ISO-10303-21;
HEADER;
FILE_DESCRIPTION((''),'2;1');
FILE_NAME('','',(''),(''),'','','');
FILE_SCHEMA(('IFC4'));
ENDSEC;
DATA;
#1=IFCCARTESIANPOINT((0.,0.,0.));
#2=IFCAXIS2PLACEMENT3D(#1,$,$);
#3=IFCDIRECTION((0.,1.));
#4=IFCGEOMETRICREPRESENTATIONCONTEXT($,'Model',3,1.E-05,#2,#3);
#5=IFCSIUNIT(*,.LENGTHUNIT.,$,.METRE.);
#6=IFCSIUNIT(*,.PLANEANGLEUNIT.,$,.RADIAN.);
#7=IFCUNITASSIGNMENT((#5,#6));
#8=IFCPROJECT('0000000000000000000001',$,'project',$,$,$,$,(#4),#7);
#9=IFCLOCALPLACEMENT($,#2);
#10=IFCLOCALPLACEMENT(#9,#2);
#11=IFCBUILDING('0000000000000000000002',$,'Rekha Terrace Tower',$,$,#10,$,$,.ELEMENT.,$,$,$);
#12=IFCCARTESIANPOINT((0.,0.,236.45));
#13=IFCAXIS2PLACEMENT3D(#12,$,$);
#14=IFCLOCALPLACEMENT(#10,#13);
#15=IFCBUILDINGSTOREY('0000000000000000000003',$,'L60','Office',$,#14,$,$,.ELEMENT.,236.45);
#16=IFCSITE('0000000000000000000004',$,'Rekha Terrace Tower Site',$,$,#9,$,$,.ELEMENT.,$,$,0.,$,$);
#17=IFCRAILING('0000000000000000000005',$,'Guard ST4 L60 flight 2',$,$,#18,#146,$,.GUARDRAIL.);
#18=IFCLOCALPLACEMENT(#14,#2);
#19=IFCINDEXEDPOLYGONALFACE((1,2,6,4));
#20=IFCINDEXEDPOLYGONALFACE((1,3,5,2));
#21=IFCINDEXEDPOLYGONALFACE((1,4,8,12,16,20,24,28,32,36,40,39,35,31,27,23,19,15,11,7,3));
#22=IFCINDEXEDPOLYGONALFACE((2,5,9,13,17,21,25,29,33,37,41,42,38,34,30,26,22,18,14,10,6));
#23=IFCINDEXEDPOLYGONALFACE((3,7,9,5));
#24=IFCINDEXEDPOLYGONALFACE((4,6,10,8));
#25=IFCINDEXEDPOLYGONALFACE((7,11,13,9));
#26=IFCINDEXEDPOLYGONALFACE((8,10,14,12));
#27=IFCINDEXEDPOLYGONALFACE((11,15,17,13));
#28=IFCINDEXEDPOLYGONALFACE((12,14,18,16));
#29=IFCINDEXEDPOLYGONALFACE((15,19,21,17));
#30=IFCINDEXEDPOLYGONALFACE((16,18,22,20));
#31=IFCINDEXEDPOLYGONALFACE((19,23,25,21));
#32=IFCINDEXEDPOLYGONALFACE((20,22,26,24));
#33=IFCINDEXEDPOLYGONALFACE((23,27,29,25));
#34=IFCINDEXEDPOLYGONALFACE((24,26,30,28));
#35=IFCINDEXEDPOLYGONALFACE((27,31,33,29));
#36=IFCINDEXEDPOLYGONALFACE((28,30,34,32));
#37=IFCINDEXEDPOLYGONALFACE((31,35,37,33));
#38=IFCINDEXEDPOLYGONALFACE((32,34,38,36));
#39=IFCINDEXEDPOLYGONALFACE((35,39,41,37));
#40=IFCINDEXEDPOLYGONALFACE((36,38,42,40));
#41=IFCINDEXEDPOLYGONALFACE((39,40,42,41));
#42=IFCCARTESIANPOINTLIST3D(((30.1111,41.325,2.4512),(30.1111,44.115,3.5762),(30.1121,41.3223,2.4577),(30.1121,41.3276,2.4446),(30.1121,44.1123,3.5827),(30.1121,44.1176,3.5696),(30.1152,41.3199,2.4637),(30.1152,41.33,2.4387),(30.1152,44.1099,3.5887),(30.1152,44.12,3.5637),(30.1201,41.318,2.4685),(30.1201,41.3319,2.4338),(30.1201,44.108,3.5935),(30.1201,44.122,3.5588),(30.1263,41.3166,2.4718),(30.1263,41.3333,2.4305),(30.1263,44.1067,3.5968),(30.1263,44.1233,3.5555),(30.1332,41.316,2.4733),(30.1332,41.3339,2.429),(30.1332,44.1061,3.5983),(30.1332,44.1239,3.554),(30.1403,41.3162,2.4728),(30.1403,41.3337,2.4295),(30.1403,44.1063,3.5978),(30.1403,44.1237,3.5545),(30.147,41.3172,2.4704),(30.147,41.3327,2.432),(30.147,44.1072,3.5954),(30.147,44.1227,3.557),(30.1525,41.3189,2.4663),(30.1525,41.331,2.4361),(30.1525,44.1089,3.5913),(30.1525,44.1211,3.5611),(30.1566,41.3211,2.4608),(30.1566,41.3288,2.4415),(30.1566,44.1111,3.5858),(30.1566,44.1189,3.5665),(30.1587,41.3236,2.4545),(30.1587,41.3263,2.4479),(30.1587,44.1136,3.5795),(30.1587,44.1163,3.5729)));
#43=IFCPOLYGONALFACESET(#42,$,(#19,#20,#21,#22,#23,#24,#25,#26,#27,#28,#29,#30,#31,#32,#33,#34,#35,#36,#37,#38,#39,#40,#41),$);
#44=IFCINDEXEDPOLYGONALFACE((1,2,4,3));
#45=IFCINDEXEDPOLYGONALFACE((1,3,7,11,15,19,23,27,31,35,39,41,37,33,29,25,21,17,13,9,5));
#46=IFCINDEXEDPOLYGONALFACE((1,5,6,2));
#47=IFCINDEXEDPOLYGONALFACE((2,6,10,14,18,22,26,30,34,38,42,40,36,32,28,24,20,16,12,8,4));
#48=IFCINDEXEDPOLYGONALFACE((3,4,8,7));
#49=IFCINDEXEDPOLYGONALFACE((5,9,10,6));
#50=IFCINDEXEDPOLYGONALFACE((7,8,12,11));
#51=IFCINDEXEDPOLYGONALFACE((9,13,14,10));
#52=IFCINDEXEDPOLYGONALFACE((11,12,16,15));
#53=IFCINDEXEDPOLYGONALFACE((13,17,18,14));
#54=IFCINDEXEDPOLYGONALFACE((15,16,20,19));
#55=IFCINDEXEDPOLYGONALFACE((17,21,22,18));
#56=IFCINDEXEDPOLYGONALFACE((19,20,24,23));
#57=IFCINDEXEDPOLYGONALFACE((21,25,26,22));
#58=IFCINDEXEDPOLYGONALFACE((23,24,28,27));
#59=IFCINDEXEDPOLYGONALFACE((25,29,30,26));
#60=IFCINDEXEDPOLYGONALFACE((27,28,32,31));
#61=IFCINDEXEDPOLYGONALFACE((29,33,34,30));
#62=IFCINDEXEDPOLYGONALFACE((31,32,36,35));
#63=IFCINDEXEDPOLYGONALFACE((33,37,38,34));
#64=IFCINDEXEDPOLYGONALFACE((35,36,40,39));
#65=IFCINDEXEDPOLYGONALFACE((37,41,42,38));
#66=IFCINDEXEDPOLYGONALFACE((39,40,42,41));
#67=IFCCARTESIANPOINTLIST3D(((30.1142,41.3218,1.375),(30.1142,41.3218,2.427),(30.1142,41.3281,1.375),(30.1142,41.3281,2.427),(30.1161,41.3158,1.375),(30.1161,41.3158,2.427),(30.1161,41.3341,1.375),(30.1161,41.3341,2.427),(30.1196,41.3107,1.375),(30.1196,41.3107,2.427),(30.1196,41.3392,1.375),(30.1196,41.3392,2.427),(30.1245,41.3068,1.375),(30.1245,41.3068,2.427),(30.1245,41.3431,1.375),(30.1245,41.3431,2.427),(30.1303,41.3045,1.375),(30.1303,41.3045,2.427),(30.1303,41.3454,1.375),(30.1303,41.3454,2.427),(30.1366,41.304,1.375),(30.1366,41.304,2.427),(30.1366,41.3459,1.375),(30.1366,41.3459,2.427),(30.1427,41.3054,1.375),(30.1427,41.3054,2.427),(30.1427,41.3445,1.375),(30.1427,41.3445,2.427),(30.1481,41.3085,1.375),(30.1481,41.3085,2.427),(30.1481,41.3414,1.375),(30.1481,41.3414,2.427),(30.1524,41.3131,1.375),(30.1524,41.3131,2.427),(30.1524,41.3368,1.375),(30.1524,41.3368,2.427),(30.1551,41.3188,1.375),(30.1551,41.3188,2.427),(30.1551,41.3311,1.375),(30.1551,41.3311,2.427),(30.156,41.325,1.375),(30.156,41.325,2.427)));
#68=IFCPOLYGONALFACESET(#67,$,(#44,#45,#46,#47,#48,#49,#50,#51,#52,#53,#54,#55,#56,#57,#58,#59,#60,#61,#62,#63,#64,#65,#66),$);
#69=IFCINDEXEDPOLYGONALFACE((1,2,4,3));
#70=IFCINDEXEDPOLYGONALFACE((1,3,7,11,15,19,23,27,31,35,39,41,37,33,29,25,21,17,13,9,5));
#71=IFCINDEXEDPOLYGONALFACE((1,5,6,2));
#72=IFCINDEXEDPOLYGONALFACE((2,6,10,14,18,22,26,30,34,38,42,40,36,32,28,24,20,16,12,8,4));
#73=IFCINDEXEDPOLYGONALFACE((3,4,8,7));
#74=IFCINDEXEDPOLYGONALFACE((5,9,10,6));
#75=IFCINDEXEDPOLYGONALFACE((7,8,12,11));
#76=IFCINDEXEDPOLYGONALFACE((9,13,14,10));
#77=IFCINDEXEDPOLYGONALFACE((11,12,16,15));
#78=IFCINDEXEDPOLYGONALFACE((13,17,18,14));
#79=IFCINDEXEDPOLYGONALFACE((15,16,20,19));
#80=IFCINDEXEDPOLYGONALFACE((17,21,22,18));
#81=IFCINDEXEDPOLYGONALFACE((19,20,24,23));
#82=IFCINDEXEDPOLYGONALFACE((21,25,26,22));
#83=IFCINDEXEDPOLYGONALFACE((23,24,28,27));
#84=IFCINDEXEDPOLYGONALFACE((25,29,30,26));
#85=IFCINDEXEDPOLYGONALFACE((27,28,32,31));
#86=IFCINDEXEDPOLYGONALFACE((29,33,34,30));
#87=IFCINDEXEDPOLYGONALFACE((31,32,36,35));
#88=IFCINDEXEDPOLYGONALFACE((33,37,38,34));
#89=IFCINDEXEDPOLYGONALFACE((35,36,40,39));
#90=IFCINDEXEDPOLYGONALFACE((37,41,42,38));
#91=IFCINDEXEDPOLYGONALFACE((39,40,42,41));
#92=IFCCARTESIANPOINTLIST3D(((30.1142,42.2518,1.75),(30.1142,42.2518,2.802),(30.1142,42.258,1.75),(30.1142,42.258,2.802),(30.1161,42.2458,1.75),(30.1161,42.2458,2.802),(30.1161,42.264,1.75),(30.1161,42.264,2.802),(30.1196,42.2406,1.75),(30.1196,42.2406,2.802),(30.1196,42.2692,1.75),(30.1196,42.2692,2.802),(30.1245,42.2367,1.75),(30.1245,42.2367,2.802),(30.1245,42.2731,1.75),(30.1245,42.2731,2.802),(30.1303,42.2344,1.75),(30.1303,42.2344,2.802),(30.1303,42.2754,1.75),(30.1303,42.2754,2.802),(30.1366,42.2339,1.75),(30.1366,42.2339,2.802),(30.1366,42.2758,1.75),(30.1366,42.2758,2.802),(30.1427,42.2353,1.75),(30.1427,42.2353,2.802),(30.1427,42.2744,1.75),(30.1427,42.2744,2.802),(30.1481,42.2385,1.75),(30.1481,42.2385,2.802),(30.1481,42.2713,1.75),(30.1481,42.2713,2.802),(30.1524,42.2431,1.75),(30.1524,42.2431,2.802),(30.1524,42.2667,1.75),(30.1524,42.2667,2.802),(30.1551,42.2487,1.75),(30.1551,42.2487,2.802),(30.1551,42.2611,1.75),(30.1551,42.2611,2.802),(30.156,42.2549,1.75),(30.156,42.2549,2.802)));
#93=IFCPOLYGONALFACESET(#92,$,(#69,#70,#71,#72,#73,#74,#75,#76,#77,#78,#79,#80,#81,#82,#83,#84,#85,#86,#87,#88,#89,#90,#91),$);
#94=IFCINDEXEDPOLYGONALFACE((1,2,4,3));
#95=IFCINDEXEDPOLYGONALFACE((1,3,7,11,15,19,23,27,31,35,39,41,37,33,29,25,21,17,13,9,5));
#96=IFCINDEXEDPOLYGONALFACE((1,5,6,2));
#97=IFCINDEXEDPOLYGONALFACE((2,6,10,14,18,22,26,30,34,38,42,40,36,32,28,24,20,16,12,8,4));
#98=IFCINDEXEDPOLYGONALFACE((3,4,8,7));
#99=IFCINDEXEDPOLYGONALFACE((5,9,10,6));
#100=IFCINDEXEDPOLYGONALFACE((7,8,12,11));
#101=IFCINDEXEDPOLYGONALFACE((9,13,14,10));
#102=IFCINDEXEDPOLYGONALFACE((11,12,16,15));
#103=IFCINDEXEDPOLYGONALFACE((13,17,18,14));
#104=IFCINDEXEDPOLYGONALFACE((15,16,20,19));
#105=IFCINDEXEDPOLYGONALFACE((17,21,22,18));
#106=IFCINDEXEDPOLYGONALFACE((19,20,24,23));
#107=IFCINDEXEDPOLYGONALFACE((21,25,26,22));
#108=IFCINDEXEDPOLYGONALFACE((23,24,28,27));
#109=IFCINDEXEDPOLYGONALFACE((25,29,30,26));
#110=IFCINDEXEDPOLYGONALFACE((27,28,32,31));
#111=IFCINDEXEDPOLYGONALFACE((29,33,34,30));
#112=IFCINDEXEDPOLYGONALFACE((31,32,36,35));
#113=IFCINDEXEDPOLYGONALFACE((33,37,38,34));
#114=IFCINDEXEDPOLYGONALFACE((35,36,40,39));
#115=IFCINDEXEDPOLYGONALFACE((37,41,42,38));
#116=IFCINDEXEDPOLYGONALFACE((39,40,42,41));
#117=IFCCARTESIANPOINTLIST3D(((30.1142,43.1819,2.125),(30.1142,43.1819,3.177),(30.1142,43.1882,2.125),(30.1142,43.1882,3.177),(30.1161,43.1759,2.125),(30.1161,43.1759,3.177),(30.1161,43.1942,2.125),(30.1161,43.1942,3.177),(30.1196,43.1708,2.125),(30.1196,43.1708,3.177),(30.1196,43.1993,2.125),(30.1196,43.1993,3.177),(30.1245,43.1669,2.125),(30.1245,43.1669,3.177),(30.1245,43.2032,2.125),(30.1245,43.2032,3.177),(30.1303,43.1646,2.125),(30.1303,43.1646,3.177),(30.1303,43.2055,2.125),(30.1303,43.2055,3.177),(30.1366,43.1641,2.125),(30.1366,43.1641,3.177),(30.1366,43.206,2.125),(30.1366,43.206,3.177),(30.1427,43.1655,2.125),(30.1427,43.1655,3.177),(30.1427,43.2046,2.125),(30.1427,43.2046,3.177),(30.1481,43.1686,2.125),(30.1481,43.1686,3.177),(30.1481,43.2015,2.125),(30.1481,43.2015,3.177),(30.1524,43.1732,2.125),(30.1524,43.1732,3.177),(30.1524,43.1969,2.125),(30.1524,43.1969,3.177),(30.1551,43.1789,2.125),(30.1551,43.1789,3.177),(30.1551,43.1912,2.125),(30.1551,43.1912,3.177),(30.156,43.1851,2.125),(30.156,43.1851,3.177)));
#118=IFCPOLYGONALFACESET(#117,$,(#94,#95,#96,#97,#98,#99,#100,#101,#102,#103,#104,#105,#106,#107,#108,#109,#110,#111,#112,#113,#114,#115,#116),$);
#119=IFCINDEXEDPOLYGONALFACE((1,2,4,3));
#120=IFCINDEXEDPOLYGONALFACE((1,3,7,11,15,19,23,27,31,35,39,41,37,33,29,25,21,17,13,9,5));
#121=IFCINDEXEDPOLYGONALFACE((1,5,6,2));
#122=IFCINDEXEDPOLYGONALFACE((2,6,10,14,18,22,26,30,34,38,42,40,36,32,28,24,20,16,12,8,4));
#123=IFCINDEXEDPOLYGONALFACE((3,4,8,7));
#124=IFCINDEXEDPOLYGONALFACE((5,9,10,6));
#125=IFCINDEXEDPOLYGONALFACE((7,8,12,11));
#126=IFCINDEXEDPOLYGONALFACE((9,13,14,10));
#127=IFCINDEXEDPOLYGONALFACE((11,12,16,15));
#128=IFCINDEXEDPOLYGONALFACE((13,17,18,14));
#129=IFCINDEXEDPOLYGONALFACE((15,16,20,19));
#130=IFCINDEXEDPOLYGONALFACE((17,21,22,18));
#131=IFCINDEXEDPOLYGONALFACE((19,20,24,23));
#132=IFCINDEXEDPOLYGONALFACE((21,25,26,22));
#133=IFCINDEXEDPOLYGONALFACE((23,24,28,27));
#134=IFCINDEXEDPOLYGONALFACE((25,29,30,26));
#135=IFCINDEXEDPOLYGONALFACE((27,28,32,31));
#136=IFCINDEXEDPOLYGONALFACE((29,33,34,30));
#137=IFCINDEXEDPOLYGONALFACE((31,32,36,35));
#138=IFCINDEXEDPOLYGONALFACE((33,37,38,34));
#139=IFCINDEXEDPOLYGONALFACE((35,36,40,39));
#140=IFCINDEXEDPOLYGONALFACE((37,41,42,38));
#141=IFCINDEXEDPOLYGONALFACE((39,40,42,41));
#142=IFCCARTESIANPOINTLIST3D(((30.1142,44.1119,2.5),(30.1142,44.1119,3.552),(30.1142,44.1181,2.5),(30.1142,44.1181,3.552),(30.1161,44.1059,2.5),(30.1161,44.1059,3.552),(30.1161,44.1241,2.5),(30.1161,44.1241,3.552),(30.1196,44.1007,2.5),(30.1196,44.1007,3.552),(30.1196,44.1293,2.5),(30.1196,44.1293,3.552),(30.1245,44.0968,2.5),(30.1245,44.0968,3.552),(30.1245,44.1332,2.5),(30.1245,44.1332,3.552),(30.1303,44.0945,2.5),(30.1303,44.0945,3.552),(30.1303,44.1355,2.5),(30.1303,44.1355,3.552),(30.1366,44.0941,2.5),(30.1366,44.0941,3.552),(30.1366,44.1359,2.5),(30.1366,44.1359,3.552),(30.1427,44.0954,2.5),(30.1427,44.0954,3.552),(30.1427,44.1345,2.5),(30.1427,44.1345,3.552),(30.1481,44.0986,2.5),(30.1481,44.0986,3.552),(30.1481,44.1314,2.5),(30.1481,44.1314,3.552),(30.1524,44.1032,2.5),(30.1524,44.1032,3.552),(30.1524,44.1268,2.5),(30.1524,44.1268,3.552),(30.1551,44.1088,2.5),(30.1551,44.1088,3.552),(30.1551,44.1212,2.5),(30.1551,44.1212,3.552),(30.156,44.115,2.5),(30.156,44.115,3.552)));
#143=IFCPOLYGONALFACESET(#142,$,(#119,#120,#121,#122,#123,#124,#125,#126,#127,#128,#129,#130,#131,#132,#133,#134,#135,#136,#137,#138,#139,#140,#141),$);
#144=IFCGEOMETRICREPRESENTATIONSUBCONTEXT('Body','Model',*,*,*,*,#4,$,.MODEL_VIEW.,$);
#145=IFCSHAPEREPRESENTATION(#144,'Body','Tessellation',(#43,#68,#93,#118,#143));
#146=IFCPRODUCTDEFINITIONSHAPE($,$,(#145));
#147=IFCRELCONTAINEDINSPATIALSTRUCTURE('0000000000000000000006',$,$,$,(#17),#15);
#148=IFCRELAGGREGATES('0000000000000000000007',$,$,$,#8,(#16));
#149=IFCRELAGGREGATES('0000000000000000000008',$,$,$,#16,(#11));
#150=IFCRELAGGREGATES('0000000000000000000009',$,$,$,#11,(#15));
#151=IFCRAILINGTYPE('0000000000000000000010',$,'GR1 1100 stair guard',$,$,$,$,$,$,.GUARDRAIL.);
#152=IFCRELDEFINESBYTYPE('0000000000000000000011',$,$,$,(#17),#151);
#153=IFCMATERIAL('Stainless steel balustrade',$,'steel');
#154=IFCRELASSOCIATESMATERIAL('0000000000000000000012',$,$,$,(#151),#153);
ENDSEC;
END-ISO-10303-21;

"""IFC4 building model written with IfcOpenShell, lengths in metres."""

from ifc_helpers import new_model, si_unit, direction, frame, origin, origin_2d, place, context, subcontext, project, spatial, circle, extrude, material, type_object, element, save


model = new_model("IFC4")

# Units and contexts
model_context = context("Model", 3, precision=1e-05, world=origin(), true_north=direction((0.0, 1.0)))
body_context = subcontext(model_context, "Body", "Model", "MODEL_VIEW")
ifc_project = project(units=[si_unit("LENGTHUNIT", "METRE"), si_unit("PLANEANGLEUNIT", "RADIAN")], contexts=[model_context])

# Site, building, storey
site_placement = place(None, origin())
site = spatial("IfcSite", under=ifc_project, at=site_placement, Name="Rekha Terrace Tower Site", CompositionType="ELEMENT", RefElevation=0.0)
building_placement = place(site_placement, origin())
building = spatial("IfcBuilding", under=site, at=building_placement, Name="Rekha Terrace Tower", CompositionType="ELEMENT")
storey_placement = place(building_placement, frame((0.0, 0.0, 236.45)))
storey = spatial("IfcBuildingStorey", under=building, at=storey_placement, Name="L60", Description="Office", CompositionType="ELEMENT", Elevation=236.45)

# Railing
ifc_material_1 = material(Name="Stainless steel balustrade", Category="steel")
railing_type_1 = type_object("IfcRailingType", Name="GR1 1100 stair guard", PredefinedType="GUARDRAIL", material=ifc_material_1)
railing_1_placement = place(storey_placement, frame((30.135, 41.325, 1.375)))
element("IfcRailing", 1, at=railing_1_placement, inside=storey, type_object=railing_type_1, Name="Guard ST4 L60 flight 2", PredefinedType="GUARDRAIL", context=body_context, shape_type="SweptSolid", body=[
    extrude(circle(Radius=0.0239, at=origin_2d()), frame((0.0, 0.0, 1.0762), z_axis=(0.0, 0.927443, 0.373964), x_axis=(-1.0, 0.0, 0.0)), (0.0, 0.0, 1.0), 3.0083),
    extrude(circle(Radius=0.021, at=origin_2d()), origin(), (0.0, 0.0, 1.0), 1.052),
    extrude(circle(Radius=0.021, at=origin_2d()), frame((0.0, 0.9299, 0.375)), (0.0, 0.0, 1.0), 1.052),
    extrude(circle(Radius=0.021, at=origin_2d()), frame((0.0, 1.8601, 0.75)), (0.0, 0.0, 1.0), 1.052),
    extrude(circle(Radius=0.021, at=origin_2d()), frame((0.0, 2.79, 1.125)), (0.0, 0.0, 1.0), 1.052),
])

save(model, "model.ifc")
